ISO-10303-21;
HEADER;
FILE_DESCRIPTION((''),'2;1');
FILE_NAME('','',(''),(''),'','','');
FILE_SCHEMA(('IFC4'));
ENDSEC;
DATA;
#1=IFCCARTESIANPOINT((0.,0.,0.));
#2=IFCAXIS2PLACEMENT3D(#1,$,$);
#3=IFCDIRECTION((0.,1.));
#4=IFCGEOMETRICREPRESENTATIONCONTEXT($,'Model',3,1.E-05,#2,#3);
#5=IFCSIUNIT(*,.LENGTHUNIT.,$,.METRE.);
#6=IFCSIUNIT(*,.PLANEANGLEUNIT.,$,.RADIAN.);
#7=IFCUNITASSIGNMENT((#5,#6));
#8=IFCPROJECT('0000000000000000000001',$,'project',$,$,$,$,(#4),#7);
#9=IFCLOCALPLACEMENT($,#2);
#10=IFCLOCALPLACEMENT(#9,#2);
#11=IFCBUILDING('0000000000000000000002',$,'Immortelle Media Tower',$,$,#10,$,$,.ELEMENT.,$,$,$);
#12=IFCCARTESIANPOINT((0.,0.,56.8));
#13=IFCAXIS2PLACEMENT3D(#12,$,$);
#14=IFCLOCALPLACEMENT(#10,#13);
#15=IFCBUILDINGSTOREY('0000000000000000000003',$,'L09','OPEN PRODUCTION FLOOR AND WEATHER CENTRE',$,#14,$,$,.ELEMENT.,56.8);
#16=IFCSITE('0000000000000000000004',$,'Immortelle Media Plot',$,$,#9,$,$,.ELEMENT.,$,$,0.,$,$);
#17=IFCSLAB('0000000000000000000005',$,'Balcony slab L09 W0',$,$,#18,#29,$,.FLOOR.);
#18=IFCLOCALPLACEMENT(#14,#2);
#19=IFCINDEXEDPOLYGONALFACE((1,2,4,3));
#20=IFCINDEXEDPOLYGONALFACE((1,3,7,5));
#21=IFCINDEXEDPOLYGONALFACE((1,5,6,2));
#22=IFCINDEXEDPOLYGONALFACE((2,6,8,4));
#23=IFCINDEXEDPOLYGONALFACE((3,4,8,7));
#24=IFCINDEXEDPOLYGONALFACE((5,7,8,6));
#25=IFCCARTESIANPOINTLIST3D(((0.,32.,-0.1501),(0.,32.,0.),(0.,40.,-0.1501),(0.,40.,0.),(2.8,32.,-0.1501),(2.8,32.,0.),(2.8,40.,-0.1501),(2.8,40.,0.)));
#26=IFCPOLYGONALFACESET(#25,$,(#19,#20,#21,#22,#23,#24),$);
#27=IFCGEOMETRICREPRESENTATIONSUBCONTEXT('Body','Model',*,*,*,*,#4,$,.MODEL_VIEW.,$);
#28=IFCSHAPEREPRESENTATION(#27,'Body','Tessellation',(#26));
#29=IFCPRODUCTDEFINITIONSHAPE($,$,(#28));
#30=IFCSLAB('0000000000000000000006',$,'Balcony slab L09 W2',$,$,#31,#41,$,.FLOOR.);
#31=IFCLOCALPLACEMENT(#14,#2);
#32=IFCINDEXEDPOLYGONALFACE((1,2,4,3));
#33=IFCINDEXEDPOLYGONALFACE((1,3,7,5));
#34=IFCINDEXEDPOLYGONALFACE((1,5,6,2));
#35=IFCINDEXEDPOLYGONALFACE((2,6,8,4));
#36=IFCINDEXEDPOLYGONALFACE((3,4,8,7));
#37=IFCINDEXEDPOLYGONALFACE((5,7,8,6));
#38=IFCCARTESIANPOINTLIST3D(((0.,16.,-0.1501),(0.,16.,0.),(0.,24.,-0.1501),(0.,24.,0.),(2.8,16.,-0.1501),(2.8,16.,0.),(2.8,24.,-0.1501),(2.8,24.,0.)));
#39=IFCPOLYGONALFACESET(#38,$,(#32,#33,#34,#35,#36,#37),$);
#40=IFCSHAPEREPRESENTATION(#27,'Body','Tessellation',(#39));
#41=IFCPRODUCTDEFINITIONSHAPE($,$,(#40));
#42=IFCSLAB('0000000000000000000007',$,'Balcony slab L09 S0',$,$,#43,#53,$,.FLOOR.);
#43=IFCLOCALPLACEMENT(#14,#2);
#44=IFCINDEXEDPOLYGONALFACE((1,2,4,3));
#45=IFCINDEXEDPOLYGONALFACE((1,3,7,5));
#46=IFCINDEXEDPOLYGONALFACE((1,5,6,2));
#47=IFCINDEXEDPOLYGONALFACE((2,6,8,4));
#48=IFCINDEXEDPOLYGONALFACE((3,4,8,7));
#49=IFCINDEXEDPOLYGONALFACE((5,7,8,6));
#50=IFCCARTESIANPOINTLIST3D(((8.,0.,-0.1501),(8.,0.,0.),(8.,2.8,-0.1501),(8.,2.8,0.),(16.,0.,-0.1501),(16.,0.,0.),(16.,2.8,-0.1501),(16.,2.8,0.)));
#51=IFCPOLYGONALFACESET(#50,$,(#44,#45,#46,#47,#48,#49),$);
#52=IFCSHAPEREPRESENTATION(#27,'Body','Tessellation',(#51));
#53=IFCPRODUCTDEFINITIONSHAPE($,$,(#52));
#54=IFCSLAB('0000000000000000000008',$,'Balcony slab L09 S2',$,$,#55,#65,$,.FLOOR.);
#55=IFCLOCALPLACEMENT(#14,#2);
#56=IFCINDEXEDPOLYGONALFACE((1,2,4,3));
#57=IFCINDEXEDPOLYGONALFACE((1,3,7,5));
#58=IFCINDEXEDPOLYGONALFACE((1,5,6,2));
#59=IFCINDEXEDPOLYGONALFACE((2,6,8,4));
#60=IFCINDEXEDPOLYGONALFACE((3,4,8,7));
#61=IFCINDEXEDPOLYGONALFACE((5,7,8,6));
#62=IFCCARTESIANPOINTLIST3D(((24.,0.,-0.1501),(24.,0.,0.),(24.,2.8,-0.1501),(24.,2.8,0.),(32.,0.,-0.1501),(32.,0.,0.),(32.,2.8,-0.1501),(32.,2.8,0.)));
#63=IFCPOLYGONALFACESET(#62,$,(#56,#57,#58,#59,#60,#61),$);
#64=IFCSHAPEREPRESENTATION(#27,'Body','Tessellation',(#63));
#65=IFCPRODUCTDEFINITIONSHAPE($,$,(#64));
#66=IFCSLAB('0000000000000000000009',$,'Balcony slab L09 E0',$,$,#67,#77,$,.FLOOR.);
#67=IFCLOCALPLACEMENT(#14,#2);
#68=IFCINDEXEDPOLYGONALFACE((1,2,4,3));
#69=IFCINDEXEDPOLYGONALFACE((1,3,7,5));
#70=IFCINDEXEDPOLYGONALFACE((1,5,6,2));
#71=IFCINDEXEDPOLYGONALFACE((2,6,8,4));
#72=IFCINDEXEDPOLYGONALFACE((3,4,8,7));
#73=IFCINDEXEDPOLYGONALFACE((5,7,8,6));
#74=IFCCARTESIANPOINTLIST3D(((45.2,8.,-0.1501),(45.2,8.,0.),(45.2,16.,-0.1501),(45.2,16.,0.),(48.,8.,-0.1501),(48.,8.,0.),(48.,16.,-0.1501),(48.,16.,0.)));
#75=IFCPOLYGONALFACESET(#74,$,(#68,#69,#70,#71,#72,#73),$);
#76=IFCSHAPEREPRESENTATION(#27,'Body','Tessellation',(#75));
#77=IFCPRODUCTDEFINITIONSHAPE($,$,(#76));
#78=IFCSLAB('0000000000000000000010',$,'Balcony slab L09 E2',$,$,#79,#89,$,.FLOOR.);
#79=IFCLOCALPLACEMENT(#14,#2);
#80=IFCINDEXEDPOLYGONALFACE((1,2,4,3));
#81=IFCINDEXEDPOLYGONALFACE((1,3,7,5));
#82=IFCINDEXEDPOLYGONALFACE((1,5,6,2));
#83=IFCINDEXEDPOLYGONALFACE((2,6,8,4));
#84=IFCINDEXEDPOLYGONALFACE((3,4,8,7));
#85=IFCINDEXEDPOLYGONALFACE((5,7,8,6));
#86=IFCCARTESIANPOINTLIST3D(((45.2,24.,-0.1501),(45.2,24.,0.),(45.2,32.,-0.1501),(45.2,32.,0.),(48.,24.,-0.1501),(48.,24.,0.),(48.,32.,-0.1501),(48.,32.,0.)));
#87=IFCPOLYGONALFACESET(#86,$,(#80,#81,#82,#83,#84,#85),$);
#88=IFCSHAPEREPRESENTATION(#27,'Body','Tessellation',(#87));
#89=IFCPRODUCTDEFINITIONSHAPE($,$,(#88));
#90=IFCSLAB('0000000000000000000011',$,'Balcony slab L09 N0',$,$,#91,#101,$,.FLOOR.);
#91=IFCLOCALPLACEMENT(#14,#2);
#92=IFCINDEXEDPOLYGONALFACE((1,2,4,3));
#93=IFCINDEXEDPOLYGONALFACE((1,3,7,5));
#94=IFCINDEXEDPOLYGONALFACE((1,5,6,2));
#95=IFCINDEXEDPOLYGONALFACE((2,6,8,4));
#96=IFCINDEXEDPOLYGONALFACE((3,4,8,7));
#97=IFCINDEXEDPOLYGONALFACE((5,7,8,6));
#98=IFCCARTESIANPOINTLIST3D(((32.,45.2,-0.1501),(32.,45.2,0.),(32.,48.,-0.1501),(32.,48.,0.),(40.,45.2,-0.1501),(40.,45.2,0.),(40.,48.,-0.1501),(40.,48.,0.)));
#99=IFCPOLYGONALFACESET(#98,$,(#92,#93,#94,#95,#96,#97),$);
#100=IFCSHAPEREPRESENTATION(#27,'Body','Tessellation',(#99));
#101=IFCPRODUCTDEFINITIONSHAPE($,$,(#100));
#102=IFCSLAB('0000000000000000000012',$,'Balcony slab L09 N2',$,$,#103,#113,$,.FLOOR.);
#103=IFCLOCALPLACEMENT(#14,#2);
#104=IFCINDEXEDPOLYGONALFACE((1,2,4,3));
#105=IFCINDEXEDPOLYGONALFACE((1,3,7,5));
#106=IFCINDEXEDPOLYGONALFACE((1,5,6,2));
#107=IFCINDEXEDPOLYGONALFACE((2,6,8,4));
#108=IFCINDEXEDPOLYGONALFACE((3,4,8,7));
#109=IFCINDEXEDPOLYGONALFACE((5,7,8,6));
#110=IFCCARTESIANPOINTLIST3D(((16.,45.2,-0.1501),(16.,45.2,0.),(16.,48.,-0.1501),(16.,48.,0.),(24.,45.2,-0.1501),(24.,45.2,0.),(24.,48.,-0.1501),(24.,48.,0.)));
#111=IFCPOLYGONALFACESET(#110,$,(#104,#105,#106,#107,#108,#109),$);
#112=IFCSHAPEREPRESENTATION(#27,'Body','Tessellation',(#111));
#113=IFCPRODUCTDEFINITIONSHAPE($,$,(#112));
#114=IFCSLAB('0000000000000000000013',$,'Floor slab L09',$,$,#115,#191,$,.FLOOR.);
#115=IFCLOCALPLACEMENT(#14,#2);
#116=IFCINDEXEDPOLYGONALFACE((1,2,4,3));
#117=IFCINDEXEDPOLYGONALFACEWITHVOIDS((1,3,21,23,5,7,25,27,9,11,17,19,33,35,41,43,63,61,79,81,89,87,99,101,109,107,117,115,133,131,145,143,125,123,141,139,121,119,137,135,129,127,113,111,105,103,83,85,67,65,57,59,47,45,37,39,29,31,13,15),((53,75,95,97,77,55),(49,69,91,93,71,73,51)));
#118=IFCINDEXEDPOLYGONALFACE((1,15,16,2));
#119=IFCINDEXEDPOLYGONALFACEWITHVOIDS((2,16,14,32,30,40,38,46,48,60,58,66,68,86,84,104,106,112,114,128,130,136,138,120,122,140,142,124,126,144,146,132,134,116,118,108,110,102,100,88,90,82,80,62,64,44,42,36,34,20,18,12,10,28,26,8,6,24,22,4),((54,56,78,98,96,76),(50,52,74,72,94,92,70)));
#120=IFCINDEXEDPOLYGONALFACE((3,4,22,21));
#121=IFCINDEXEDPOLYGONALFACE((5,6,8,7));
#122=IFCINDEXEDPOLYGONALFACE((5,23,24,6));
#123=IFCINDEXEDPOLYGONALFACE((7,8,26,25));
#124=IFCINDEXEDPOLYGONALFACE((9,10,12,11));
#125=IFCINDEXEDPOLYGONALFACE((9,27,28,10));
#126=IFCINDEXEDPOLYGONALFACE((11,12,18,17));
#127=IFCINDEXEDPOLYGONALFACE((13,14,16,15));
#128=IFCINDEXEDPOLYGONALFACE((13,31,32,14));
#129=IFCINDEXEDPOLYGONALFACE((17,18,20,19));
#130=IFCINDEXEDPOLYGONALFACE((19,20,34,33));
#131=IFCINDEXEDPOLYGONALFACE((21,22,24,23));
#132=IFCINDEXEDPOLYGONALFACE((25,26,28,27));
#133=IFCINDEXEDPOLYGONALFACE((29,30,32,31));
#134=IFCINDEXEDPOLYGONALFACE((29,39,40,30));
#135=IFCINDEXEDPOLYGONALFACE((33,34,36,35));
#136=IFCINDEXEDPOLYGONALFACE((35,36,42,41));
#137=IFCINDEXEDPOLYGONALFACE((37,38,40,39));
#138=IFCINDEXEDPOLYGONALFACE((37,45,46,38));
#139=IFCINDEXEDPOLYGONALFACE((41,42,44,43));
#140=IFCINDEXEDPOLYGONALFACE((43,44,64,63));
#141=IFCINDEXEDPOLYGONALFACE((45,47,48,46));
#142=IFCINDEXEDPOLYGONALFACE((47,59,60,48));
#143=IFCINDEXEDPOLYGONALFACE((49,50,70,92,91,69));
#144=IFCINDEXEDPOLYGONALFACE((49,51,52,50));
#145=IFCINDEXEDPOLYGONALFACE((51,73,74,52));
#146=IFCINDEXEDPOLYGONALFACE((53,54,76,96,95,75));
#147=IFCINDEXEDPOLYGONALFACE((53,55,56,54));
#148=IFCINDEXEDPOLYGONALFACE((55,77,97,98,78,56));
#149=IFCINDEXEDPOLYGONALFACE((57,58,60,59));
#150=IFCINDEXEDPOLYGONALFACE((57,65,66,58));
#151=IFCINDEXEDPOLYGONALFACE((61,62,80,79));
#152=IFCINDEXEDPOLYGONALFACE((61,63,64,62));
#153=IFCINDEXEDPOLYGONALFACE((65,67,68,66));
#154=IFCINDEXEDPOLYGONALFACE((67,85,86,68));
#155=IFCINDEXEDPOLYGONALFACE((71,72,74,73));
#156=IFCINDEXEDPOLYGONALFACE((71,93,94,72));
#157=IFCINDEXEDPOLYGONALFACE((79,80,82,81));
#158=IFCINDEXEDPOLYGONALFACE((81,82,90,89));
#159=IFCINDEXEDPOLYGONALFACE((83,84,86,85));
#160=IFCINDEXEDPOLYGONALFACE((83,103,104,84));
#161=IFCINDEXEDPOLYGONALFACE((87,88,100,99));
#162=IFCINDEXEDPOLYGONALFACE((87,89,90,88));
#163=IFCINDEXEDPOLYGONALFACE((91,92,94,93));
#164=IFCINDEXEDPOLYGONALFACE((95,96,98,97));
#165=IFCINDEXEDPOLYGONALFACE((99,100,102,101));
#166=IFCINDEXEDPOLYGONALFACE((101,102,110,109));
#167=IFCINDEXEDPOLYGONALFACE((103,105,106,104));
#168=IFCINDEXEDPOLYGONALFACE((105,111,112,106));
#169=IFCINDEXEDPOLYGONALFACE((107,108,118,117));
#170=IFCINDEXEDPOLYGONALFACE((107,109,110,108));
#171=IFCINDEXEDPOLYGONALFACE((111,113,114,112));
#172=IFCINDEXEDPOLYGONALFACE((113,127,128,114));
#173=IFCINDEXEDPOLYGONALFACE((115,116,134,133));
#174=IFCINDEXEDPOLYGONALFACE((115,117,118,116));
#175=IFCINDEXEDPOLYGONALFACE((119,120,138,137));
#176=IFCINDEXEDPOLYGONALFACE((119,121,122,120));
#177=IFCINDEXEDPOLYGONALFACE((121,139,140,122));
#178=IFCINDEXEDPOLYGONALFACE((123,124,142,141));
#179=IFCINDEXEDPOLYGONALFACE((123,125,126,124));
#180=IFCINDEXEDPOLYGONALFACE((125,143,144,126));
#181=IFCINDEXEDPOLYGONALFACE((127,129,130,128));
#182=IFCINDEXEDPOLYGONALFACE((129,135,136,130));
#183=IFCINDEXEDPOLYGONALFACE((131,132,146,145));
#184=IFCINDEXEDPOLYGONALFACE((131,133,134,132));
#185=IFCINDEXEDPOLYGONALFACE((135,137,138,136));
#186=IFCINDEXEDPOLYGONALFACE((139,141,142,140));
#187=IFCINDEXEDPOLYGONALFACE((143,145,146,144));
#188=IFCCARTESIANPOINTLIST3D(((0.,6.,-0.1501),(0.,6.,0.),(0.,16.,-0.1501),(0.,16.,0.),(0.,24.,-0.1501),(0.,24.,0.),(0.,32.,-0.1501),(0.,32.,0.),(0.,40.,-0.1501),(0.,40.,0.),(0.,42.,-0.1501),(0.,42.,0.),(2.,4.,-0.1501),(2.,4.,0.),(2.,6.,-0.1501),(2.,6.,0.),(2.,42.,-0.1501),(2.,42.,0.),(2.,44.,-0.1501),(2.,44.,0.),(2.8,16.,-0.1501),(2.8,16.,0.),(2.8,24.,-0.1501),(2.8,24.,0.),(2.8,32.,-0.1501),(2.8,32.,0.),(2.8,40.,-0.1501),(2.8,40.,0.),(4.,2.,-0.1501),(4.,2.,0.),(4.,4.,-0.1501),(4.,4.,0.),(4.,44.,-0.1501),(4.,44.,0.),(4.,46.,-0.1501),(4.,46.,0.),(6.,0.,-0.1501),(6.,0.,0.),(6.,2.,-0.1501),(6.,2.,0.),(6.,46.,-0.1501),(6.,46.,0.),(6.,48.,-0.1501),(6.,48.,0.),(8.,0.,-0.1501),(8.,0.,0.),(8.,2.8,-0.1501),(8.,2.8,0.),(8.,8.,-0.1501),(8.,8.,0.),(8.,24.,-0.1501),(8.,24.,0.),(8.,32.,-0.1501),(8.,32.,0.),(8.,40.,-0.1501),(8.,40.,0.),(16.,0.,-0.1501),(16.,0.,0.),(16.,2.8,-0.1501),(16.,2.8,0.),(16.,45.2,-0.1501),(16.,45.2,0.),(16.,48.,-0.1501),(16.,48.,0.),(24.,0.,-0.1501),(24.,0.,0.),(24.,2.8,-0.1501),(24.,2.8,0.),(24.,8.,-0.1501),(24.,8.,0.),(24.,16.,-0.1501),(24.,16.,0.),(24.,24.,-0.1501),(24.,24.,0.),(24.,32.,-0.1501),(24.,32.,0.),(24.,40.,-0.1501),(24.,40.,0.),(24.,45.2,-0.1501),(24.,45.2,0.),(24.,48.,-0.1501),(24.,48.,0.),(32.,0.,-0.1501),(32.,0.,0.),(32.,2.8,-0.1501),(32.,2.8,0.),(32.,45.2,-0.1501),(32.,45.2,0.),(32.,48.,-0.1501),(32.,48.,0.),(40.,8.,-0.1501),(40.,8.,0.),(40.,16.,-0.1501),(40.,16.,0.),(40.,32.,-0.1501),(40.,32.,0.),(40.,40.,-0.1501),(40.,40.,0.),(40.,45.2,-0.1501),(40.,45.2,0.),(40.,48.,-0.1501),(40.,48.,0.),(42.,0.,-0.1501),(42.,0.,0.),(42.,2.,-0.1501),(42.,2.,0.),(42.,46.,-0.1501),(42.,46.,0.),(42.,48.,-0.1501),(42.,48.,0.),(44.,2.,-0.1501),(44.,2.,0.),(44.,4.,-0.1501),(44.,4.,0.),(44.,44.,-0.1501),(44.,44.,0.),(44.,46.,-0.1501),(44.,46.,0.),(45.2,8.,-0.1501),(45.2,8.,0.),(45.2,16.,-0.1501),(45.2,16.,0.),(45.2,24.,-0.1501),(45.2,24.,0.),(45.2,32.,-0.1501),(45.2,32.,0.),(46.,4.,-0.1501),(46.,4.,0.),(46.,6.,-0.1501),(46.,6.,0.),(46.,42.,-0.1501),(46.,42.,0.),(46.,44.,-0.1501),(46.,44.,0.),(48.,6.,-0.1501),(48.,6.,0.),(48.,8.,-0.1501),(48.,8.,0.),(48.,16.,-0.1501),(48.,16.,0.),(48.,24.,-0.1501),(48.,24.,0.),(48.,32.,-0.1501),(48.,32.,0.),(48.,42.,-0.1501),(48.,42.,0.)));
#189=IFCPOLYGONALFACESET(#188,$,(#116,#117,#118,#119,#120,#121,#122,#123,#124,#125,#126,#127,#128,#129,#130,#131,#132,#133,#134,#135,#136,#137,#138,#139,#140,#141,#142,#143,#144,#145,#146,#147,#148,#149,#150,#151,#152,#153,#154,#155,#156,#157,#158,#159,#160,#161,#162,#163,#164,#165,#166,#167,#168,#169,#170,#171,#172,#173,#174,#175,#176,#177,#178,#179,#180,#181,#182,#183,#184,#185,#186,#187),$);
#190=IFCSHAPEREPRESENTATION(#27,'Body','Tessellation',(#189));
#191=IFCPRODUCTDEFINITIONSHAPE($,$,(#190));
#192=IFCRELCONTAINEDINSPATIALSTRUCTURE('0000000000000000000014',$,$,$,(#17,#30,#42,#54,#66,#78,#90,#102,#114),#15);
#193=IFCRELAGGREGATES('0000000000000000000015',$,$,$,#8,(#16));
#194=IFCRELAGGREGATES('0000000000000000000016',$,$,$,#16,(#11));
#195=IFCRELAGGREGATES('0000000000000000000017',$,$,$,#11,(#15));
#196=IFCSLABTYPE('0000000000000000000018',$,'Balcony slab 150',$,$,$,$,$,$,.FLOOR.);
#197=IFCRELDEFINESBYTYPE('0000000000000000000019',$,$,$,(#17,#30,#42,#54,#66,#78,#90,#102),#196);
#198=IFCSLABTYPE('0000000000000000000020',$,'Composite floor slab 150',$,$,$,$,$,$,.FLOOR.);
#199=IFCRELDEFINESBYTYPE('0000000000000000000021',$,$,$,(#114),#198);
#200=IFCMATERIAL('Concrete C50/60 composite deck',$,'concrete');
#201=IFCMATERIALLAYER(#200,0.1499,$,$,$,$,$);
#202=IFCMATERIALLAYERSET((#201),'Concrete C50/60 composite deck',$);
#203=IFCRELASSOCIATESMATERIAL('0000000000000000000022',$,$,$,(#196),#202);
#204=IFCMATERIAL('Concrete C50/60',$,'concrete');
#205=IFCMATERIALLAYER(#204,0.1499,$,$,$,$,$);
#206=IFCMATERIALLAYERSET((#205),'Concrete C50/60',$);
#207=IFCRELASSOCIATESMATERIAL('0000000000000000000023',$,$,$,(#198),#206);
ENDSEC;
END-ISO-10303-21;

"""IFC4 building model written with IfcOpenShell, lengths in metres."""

from ifc_helpers import new_model, si_unit, direction, frame, origin, place, context, subcontext, project, spatial, polyline, outline, extrude, material, layer, layer_set, type_object, element, save


model = new_model("IFC4")

# Units and contexts
model_context = context("Model", 3, precision=1e-05, world=origin(), true_north=direction((0.0, 1.0)))
body_context = subcontext(model_context, "Body", "Model", "MODEL_VIEW")
ifc_project = project(units=[si_unit("LENGTHUNIT", "METRE"), si_unit("PLANEANGLEUNIT", "RADIAN")], contexts=[model_context])

# Site, building, storey
site_placement = place(None, origin())
site = spatial("IfcSite", under=ifc_project, at=site_placement, Name="Immortelle Media Plot", CompositionType="ELEMENT", RefElevation=0.0)
building_placement = place(site_placement, origin())
building = spatial("IfcBuilding", under=site, at=building_placement, Name="Immortelle Media Tower", CompositionType="ELEMENT")
storey_placement = place(building_placement, frame((0.0, 0.0, 56.8)))
storey = spatial("IfcBuildingStorey", under=building, at=storey_placement, Name="L09", Description="OPEN PRODUCTION FLOOR AND WEATHER CENTRE", CompositionType="ELEMENT", Elevation=56.8)

# Slabs
ifc_material_1 = material(Name="Concrete C50/60 composite deck", Category="concrete")
ifc_layer_1 = layer(ifc_material_1, 0.1499)
ifc_layer_set_1 = layer_set([ifc_layer_1], Name="Concrete C50/60 composite deck")
slab_type_1 = type_object("IfcSlabType", Name="Balcony slab 150", PredefinedType="FLOOR", material=ifc_layer_set_1)
slab_1_placement = place(storey_placement, frame((0.0, 0.0, -0.1501)))
element("IfcSlab", 1, at=slab_1_placement, inside=storey, type_object=slab_type_1, Name="Balcony slab L09 W0", PredefinedType="FLOOR", context=body_context, shape_type="SweptSolid", body=[
    extrude(outline(polyline([(2.8, 32.0), (2.8, 40.0), (0.0, 40.0), (0.0, 32.0), (2.8, 32.0)])), origin(), (0.0, 0.0, 1.0), 0.1501),
])
slab_2_placement = place(storey_placement, frame((0.0, 0.0, -0.1501)))
element("IfcSlab", 2, at=slab_2_placement, inside=storey, type_object=slab_type_1, Name="Balcony slab L09 W2", PredefinedType="FLOOR", context=body_context, shape_type="SweptSolid", body=[
    extrude(outline(polyline([(2.8, 16.0), (2.8, 24.0), (0.0, 24.0), (0.0, 16.0), (2.8, 16.0)])), origin(), (0.0, 0.0, 1.0), 0.1501),
])
slab_3_placement = place(storey_placement, frame((0.0, 0.0, -0.1501)))
element("IfcSlab", 3, at=slab_3_placement, inside=storey, type_object=slab_type_1, Name="Balcony slab L09 S0", PredefinedType="FLOOR", context=body_context, shape_type="SweptSolid", body=[
    extrude(outline(polyline([(16.0, 0.0), (16.0, 2.8), (8.0, 2.8), (8.0, 0.0), (16.0, 0.0)])), origin(), (0.0, 0.0, 1.0), 0.1501),
])
slab_4_placement = place(storey_placement, frame((0.0, 0.0, -0.1501)))
element("IfcSlab", 4, at=slab_4_placement, inside=storey, type_object=slab_type_1, Name="Balcony slab L09 S2", PredefinedType="FLOOR", context=body_context, shape_type="SweptSolid", body=[
    extrude(outline(polyline([(32.0, 0.0), (32.0, 2.8), (24.0, 2.8), (24.0, 0.0), (32.0, 0.0)])), origin(), (0.0, 0.0, 1.0), 0.1501),
])
slab_5_placement = place(storey_placement, frame((0.0, 0.0, -0.1501)))
element("IfcSlab", 5, at=slab_5_placement, inside=storey, type_object=slab_type_1, Name="Balcony slab L09 E0", PredefinedType="FLOOR", context=body_context, shape_type="SweptSolid", body=[
    extrude(outline(polyline([(48.0, 8.0), (48.0, 16.0), (45.2, 16.0), (45.2, 8.0), (48.0, 8.0)])), origin(), (0.0, 0.0, 1.0), 0.1501),
])
slab_6_placement = place(storey_placement, frame((0.0, 0.0, -0.1501)))
element("IfcSlab", 6, at=slab_6_placement, inside=storey, type_object=slab_type_1, Name="Balcony slab L09 E2", PredefinedType="FLOOR", context=body_context, shape_type="SweptSolid", body=[
    extrude(outline(polyline([(48.0, 24.0), (48.0, 32.0), (45.2, 32.0), (45.2, 24.0), (48.0, 24.0)])), origin(), (0.0, 0.0, 1.0), 0.1501),
])
slab_7_placement = place(storey_placement, frame((0.0, 0.0, -0.1501)))
element("IfcSlab", 7, at=slab_7_placement, inside=storey, type_object=slab_type_1, Name="Balcony slab L09 N0", PredefinedType="FLOOR", context=body_context, shape_type="SweptSolid", body=[
    extrude(outline(polyline([(40.0, 45.2), (40.0, 48.0), (32.0, 48.0), (32.0, 45.2), (40.0, 45.2)])), origin(), (0.0, 0.0, 1.0), 0.1501),
])
slab_8_placement = place(storey_placement, frame((0.0, 0.0, -0.1501)))
element("IfcSlab", 8, at=slab_8_placement, inside=storey, type_object=slab_type_1, Name="Balcony slab L09 N2", PredefinedType="FLOOR", context=body_context, shape_type="SweptSolid", body=[
    extrude(outline(polyline([(24.0, 45.2), (24.0, 48.0), (16.0, 48.0), (16.0, 45.2), (24.0, 45.2)])), origin(), (0.0, 0.0, 1.0), 0.1501),
])
ifc_material_2 = material(Name="Concrete C50/60", Category="concrete")
ifc_layer_2 = layer(ifc_material_2, 0.1499)
ifc_layer_set_2 = layer_set([ifc_layer_2], Name="Concrete C50/60")
slab_type_2 = type_object("IfcSlabType", Name="Composite floor slab 150", PredefinedType="FLOOR", material=ifc_layer_set_2)
slab_9_placement = place(storey_placement, frame((0.0, 0.0, -0.1501)))
element("IfcSlab", 9, at=slab_9_placement, inside=storey, type_object=slab_type_2, Name="Floor slab L09", PredefinedType="FLOOR", context=body_context, shape_type="SweptSolid", body=[
    extrude(outline(polyline([(6.0, 0.0), (6.0, 2.0), (4.0, 2.0), (4.0, 4.0), (2.0, 4.0), (2.0, 6.0), (0.0, 6.0), (0.0, 16.0), (2.8, 16.0), (2.8, 24.0), (0.0, 24.0), (0.0, 32.0), (2.8, 32.0), (2.8, 40.0), (0.0, 40.0), (0.0, 42.0), (2.0, 42.0), (2.0, 44.0), (4.0, 44.0), (4.0, 46.0), (6.0, 46.0), (6.0, 48.0), (16.0, 48.0), (16.0, 45.2), (24.0, 45.2), (24.0, 48.0), (32.0, 48.0), (32.0, 45.2), (40.0, 45.2), (40.0, 48.0), (42.0, 48.0), (42.0, 46.0), (44.0, 46.0), (44.0, 44.0), (46.0, 44.0), (46.0, 42.0), (48.0, 42.0), (48.0, 32.0), (45.2, 32.0), (45.2, 24.0), (48.0, 24.0), (48.0, 16.0), (45.2, 16.0), (45.2, 8.0), (48.0, 8.0), (48.0, 6.0), (46.0, 6.0), (46.0, 4.0), (44.0, 4.0), (44.0, 2.0), (42.0, 2.0), (42.0, 0.0), (32.0, 0.0), (32.0, 2.8), (24.0, 2.8), (24.0, 0.0), (16.0, 0.0), (16.0, 2.8), (8.0, 2.8), (8.0, 0.0), (6.0, 0.0)]), holes=[polyline([(24.0, 24.0), (8.0, 24.0), (8.0, 8.0), (24.0, 8.0), (40.0, 8.0), (40.0, 16.0), (24.0, 16.0), (24.0, 24.0)]), polyline([(24.0, 32.0), (40.0, 32.0), (40.0, 40.0), (24.0, 40.0), (8.0, 40.0), (8.0, 32.0), (24.0, 32.0)])]), origin(), (0.0, 0.0, 1.0), 0.1501),
])

save(model, "model.ifc")
